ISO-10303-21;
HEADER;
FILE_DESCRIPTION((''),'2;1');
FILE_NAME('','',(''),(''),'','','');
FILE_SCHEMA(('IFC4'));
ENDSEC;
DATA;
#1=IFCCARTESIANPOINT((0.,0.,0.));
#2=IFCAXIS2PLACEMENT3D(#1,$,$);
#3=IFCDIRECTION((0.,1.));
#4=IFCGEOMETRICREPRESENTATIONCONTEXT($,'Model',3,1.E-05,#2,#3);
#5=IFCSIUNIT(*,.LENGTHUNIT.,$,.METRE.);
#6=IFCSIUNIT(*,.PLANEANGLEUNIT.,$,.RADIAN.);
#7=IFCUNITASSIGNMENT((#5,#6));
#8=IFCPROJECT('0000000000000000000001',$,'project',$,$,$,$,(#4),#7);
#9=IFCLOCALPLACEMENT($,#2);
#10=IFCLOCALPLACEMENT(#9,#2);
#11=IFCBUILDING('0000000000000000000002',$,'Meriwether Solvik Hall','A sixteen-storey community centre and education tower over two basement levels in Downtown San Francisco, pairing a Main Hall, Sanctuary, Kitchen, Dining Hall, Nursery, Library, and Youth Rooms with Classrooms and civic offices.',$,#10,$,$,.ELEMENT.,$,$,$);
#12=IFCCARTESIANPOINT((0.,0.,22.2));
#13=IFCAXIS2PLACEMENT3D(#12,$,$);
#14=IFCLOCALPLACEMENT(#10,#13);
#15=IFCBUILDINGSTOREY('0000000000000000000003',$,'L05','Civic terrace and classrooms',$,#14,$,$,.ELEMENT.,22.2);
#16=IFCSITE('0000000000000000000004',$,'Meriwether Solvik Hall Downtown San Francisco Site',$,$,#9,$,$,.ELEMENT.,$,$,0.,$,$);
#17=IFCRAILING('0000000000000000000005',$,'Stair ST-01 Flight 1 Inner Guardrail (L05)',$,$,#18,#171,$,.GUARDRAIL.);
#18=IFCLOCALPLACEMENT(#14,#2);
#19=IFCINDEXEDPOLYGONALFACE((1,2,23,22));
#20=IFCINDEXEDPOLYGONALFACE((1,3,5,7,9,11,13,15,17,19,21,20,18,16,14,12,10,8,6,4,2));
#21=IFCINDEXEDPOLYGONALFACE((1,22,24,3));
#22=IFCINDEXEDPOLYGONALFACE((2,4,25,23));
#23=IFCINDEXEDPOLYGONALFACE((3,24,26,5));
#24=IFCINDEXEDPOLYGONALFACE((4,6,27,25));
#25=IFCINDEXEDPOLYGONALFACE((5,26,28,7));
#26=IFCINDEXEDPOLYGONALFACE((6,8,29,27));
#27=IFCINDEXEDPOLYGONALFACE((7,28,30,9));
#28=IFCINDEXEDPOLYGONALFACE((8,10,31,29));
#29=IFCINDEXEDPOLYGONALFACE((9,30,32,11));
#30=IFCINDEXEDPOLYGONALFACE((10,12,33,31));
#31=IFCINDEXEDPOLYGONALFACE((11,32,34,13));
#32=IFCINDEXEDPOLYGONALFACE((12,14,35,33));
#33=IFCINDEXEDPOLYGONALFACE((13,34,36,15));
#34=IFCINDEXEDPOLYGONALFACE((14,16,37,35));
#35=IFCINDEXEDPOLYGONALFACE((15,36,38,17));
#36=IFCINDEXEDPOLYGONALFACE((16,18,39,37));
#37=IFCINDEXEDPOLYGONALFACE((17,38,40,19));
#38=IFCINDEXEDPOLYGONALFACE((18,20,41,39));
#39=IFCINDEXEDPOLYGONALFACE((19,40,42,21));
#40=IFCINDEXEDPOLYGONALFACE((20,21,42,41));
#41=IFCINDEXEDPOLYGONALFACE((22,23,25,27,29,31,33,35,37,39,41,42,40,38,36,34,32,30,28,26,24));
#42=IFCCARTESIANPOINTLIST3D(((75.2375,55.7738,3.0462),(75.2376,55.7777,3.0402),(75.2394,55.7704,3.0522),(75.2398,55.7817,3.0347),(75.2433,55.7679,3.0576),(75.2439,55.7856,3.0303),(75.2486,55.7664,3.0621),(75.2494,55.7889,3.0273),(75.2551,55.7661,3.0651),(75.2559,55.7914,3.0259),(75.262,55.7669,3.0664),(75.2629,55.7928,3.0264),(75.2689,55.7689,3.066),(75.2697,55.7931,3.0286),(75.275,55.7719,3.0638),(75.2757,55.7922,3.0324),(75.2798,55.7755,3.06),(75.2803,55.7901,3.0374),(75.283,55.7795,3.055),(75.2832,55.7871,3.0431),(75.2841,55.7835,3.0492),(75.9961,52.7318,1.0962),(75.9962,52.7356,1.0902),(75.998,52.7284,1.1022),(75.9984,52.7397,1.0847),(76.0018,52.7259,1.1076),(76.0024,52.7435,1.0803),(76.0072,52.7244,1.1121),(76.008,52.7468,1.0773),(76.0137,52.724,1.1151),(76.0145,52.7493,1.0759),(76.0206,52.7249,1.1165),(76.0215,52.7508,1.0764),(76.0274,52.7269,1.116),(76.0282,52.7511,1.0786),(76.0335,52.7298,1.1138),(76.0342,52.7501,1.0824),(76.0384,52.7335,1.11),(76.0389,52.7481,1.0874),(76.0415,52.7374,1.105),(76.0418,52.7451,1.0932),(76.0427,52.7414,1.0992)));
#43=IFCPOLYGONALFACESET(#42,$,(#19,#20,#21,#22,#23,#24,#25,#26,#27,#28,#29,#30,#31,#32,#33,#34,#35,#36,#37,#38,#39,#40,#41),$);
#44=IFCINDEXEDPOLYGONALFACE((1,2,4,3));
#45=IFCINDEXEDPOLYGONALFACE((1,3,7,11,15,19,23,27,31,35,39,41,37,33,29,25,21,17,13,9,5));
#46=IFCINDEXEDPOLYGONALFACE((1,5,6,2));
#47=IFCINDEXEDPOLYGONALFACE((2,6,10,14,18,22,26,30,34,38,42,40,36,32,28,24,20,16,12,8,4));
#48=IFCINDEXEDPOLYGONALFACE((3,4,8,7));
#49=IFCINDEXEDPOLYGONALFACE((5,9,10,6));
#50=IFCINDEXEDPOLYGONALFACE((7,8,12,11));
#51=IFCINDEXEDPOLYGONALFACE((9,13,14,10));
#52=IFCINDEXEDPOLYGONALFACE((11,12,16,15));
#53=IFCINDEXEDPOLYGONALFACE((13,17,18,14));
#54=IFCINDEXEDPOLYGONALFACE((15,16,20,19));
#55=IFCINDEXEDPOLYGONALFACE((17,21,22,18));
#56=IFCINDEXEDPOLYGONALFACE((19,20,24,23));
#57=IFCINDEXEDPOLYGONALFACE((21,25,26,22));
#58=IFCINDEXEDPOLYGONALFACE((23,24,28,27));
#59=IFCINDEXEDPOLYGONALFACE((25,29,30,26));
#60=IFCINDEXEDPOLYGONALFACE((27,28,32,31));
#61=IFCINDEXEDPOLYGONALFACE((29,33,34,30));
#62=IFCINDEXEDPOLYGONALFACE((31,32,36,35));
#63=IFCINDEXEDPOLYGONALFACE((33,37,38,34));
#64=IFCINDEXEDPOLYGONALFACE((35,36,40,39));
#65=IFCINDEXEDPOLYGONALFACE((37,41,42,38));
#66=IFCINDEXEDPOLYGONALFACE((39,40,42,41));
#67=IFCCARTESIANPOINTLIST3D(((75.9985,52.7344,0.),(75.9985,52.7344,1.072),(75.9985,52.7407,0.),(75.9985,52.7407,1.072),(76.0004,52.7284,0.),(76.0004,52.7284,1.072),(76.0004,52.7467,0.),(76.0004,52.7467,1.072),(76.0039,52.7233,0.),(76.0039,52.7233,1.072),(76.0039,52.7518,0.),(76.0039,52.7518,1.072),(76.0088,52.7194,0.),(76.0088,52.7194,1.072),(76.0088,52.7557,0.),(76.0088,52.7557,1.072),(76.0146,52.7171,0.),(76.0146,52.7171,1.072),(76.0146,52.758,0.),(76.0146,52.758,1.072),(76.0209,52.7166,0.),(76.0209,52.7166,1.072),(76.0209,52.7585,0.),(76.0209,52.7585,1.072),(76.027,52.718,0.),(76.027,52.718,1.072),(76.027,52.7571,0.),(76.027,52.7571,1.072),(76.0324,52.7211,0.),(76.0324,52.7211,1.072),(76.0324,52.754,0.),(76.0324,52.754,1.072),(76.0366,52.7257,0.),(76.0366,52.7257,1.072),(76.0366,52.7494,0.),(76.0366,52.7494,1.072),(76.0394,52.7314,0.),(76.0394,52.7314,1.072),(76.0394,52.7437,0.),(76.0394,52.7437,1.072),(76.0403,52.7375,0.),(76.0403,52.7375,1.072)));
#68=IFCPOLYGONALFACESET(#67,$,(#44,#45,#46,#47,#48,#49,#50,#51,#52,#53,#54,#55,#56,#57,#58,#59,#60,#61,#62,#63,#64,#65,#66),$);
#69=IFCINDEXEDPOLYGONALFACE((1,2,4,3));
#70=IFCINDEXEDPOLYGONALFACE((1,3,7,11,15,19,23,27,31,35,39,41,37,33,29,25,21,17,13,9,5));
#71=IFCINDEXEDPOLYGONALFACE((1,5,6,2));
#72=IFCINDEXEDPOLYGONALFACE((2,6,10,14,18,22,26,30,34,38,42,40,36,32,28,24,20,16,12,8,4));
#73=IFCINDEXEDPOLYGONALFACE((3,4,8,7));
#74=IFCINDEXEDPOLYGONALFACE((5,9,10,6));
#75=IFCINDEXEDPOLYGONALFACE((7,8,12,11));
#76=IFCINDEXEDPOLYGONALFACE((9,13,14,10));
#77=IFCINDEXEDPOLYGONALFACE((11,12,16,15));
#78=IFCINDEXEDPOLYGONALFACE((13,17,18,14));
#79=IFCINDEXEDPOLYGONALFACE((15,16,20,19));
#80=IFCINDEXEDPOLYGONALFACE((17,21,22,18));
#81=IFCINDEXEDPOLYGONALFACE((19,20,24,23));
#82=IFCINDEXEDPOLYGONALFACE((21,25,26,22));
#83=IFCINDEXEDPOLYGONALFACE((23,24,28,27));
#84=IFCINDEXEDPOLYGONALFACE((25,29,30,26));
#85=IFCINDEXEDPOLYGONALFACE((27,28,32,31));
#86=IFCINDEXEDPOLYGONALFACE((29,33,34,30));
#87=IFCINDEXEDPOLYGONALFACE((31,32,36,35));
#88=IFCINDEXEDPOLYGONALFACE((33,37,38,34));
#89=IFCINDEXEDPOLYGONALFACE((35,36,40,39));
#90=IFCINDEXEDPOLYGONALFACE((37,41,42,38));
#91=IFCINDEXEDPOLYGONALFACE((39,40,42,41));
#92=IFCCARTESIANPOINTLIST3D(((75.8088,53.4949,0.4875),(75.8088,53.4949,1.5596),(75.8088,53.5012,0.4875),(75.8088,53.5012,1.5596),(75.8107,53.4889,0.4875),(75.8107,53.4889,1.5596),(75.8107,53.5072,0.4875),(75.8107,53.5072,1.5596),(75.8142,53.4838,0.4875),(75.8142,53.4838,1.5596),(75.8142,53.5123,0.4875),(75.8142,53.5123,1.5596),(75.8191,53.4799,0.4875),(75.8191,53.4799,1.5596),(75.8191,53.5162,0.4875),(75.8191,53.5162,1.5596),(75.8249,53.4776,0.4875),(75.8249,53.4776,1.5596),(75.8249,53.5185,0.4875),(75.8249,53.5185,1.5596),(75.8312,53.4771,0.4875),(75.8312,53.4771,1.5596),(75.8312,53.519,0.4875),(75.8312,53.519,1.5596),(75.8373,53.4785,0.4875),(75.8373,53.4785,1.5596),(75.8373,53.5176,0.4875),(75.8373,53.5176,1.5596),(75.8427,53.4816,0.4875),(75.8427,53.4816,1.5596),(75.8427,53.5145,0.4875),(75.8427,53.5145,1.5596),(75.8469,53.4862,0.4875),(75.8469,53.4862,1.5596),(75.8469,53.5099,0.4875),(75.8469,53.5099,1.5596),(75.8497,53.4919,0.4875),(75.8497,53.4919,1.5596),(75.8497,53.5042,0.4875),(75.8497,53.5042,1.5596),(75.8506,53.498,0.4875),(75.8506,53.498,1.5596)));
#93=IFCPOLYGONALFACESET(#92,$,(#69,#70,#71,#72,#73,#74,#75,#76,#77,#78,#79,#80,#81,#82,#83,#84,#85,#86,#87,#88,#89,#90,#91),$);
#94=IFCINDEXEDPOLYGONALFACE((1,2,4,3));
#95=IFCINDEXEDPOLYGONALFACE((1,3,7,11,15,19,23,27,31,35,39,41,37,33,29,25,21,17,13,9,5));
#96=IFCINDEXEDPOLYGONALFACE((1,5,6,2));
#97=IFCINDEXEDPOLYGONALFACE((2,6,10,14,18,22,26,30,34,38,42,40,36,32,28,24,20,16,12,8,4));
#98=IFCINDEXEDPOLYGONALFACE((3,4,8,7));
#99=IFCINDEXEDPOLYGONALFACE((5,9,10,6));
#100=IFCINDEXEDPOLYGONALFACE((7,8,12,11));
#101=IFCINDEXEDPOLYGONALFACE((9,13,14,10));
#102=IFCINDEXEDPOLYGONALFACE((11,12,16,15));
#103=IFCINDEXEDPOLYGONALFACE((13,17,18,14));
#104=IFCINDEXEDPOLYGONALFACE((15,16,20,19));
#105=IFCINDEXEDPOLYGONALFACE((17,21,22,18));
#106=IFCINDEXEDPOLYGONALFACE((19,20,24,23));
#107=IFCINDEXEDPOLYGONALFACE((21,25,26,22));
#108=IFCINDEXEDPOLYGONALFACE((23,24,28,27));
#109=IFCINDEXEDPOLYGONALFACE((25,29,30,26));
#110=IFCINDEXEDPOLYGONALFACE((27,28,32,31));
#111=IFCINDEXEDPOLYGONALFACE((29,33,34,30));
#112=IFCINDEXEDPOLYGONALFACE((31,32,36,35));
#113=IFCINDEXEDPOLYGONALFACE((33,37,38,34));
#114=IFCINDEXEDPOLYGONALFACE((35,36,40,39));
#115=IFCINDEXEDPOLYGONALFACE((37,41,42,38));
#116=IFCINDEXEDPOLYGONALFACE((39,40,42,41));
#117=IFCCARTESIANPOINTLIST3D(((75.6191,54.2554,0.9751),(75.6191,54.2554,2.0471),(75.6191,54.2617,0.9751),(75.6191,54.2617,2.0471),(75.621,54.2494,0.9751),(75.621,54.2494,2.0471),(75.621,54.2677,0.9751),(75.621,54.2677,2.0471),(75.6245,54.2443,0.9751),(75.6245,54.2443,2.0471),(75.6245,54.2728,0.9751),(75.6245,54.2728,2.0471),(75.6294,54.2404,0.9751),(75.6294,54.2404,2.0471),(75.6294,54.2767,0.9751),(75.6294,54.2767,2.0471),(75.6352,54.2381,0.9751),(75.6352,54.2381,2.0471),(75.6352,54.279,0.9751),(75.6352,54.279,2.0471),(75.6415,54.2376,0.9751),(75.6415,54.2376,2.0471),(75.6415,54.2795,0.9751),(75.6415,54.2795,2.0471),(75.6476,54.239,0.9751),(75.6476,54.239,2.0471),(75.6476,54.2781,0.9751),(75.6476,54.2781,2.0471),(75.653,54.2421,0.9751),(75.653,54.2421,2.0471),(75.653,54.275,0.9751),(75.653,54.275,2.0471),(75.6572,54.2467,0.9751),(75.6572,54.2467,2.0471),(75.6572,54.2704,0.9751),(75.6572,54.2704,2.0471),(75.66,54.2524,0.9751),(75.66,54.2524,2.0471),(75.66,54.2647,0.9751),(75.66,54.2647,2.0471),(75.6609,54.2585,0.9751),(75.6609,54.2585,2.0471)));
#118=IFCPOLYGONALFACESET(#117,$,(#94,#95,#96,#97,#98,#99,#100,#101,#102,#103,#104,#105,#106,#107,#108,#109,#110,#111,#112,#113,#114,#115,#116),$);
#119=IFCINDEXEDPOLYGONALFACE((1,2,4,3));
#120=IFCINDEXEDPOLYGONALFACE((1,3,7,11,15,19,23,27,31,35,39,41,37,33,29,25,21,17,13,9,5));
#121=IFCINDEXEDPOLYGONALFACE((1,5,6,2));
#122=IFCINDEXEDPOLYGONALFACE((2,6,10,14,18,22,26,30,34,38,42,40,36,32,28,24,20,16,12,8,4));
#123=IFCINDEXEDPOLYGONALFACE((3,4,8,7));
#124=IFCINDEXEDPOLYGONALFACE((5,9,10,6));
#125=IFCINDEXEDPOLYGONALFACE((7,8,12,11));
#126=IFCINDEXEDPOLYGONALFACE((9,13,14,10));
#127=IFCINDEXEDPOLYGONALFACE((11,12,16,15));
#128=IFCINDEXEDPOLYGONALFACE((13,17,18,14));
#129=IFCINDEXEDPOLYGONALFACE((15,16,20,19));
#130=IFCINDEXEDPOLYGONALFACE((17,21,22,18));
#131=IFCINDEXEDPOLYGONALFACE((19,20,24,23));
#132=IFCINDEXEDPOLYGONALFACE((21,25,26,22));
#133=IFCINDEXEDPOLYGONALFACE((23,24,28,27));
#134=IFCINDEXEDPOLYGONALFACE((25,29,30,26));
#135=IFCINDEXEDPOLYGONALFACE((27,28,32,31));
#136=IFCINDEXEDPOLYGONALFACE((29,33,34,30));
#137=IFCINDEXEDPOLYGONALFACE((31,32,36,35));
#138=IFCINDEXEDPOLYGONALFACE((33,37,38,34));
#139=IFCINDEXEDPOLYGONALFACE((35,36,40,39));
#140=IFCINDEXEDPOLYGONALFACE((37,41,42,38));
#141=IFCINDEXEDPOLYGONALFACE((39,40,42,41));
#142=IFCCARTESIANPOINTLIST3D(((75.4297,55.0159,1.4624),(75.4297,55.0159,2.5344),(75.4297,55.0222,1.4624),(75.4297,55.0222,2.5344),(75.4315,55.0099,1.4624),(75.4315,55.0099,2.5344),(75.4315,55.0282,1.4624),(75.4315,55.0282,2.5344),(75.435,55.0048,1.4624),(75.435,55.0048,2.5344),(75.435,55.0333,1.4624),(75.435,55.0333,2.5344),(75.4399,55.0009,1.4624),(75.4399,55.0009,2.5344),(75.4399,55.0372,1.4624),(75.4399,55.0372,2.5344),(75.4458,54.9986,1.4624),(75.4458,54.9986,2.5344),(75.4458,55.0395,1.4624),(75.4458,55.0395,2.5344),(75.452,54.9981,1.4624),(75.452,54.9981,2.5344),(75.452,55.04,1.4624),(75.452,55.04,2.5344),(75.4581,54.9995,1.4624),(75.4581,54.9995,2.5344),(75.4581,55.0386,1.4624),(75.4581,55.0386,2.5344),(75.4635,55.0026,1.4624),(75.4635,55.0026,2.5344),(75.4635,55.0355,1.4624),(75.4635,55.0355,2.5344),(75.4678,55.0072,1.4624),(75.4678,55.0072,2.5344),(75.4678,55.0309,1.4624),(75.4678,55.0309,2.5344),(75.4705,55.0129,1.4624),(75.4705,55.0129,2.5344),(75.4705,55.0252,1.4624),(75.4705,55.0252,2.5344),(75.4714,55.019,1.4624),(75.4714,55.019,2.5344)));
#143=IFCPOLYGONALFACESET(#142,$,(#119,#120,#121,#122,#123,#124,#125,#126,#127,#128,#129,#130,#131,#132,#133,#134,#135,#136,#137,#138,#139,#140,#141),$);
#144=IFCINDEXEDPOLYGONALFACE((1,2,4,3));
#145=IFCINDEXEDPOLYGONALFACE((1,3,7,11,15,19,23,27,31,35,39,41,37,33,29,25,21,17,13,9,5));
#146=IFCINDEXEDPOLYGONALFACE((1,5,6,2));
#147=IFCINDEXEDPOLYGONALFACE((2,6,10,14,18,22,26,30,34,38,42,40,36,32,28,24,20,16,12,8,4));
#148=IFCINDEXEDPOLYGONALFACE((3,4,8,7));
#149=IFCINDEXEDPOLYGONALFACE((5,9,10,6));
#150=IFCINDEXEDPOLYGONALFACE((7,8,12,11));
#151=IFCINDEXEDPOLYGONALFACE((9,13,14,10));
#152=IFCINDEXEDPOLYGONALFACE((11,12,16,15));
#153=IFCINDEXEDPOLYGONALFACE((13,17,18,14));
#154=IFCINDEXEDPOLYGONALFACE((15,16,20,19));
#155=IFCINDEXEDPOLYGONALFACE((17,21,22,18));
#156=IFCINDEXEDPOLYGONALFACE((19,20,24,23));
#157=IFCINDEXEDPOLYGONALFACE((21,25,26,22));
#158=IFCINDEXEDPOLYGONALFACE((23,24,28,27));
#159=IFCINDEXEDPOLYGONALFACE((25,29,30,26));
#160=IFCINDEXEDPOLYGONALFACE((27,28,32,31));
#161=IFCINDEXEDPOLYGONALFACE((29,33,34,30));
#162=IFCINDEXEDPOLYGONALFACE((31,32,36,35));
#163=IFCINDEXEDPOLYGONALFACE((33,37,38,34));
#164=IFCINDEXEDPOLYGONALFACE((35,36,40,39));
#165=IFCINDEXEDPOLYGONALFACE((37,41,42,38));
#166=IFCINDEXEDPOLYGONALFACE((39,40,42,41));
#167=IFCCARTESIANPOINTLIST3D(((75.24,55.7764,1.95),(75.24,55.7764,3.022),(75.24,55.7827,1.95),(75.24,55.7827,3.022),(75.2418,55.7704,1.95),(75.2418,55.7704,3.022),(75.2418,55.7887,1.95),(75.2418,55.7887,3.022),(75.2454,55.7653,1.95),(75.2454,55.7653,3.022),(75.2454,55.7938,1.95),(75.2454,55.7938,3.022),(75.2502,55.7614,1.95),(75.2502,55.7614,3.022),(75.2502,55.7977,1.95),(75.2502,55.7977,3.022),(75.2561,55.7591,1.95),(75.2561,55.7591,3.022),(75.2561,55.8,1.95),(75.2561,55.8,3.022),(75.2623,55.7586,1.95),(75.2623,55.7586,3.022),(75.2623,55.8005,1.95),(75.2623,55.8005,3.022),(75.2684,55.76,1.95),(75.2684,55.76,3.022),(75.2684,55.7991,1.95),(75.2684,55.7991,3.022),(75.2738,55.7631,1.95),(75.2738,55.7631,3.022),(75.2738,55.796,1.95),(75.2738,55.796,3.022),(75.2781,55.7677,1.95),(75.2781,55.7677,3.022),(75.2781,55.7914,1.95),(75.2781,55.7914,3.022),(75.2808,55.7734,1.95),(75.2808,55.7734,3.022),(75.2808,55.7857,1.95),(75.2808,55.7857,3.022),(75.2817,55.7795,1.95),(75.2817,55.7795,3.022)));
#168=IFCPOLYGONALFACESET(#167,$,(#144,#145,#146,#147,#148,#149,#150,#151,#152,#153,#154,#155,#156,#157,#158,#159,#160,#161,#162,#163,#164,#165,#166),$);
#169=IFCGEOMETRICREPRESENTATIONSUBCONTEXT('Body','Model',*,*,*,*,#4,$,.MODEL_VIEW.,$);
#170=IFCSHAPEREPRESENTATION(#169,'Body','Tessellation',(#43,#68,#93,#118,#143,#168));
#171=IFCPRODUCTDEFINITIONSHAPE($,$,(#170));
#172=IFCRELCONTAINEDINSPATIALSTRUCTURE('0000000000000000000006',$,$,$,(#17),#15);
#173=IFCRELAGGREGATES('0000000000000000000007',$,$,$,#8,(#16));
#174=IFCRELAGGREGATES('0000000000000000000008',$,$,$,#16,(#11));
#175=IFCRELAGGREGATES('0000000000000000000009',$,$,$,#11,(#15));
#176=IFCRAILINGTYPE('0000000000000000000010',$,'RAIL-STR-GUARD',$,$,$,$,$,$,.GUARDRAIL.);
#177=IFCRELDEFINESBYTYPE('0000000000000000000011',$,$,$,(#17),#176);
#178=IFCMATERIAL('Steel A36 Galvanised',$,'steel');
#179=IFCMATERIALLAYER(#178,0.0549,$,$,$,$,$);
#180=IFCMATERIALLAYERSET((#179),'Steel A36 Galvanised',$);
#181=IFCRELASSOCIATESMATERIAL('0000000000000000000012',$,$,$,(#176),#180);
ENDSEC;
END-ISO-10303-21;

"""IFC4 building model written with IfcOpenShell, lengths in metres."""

from ifc_helpers import new_model, si_unit, direction, frame, origin, origin_2d, place, context, subcontext, project, spatial, circle, extrude, material, layer, layer_set, type_object, element, save


model = new_model("IFC4")

# Units and contexts
model_context = context("Model", 3, precision=1e-05, world=origin(), true_north=direction((0.0, 1.0)))
body_context = subcontext(model_context, "Body", "Model", "MODEL_VIEW")
ifc_project = project(units=[si_unit("LENGTHUNIT", "METRE"), si_unit("PLANEANGLEUNIT", "RADIAN")], contexts=[model_context])

# Site, building, storey
site_placement = place(None, origin())
site = spatial("IfcSite", under=ifc_project, at=site_placement, Name="Meriwether Solvik Hall Downtown San Francisco Site", CompositionType="ELEMENT", RefElevation=0.0)
building_placement = place(site_placement, origin())
building = spatial("IfcBuilding", under=site, at=building_placement, Name="Meriwether Solvik Hall", Description="A sixteen-storey community centre and education tower over two basement levels in Downtown San Francisco, pairing a Main Hall, Sanctuary, Kitchen, Dining Hall, Nursery, Library, and Youth Rooms with Classrooms and civic offices.", CompositionType="ELEMENT")
storey_placement = place(building_placement, frame((0.0, 0.0, 22.2)))
storey = spatial("IfcBuildingStorey", under=building, at=storey_placement, Name="L05", Description="Civic terrace and classrooms", CompositionType="ELEMENT", Elevation=22.2)

# Railing
ifc_material_1 = material(Name="Steel A36 Galvanised", Category="steel")
ifc_layer_1 = layer(ifc_material_1, 0.0549)
ifc_layer_set_1 = layer_set([ifc_layer_1], Name="Steel A36 Galvanised")
railing_type_1 = type_object("IfcRailingType", Name="RAIL-STR-GUARD", PredefinedType="GUARDRAIL", material=ifc_layer_set_1)
railing_1_placement = place(storey_placement, frame((76.0193, 52.7375, 0.0)))
element("IfcRailing", 1, at=railing_1_placement, inside=storey, type_object=railing_type_1, Name="Stair ST-01 Flight 1 Inner Guardrail (L05)", PredefinedType="GUARDRAIL", context=body_context, shape_type="SweptSolid", body=[
    extrude(circle(Radius=0.0239, at=origin_2d()), frame((0.0, 0.0, 1.0962), z_axis=(-0.205452, 0.823925, 0.528145), x_axis=(-0.970289, -0.241949, 0.0)), (0.0, 0.0, 1.0), 3.6921),
    extrude(circle(Radius=0.021, at=origin_2d()), origin(), (0.0, 0.0, 1.0), 1.072),
    extrude(circle(Radius=0.021, at=origin_2d()), frame((-0.1897, 0.7605, 0.4875)), (0.0, 0.0, 1.0), 1.072),
    extrude(circle(Radius=0.021, at=origin_2d()), frame((-0.3794, 1.521, 0.9751)), (0.0, 0.0, 1.0), 1.072),
    extrude(circle(Radius=0.021, at=origin_2d()), frame((-0.5688, 2.2815, 1.4624)), (0.0, 0.0, 1.0), 1.072),
    extrude(circle(Radius=0.021, at=origin_2d()), frame((-0.7585, 3.042, 1.95)), (0.0, 0.0, 1.0), 1.072),
])

save(model, "model.ifc")
